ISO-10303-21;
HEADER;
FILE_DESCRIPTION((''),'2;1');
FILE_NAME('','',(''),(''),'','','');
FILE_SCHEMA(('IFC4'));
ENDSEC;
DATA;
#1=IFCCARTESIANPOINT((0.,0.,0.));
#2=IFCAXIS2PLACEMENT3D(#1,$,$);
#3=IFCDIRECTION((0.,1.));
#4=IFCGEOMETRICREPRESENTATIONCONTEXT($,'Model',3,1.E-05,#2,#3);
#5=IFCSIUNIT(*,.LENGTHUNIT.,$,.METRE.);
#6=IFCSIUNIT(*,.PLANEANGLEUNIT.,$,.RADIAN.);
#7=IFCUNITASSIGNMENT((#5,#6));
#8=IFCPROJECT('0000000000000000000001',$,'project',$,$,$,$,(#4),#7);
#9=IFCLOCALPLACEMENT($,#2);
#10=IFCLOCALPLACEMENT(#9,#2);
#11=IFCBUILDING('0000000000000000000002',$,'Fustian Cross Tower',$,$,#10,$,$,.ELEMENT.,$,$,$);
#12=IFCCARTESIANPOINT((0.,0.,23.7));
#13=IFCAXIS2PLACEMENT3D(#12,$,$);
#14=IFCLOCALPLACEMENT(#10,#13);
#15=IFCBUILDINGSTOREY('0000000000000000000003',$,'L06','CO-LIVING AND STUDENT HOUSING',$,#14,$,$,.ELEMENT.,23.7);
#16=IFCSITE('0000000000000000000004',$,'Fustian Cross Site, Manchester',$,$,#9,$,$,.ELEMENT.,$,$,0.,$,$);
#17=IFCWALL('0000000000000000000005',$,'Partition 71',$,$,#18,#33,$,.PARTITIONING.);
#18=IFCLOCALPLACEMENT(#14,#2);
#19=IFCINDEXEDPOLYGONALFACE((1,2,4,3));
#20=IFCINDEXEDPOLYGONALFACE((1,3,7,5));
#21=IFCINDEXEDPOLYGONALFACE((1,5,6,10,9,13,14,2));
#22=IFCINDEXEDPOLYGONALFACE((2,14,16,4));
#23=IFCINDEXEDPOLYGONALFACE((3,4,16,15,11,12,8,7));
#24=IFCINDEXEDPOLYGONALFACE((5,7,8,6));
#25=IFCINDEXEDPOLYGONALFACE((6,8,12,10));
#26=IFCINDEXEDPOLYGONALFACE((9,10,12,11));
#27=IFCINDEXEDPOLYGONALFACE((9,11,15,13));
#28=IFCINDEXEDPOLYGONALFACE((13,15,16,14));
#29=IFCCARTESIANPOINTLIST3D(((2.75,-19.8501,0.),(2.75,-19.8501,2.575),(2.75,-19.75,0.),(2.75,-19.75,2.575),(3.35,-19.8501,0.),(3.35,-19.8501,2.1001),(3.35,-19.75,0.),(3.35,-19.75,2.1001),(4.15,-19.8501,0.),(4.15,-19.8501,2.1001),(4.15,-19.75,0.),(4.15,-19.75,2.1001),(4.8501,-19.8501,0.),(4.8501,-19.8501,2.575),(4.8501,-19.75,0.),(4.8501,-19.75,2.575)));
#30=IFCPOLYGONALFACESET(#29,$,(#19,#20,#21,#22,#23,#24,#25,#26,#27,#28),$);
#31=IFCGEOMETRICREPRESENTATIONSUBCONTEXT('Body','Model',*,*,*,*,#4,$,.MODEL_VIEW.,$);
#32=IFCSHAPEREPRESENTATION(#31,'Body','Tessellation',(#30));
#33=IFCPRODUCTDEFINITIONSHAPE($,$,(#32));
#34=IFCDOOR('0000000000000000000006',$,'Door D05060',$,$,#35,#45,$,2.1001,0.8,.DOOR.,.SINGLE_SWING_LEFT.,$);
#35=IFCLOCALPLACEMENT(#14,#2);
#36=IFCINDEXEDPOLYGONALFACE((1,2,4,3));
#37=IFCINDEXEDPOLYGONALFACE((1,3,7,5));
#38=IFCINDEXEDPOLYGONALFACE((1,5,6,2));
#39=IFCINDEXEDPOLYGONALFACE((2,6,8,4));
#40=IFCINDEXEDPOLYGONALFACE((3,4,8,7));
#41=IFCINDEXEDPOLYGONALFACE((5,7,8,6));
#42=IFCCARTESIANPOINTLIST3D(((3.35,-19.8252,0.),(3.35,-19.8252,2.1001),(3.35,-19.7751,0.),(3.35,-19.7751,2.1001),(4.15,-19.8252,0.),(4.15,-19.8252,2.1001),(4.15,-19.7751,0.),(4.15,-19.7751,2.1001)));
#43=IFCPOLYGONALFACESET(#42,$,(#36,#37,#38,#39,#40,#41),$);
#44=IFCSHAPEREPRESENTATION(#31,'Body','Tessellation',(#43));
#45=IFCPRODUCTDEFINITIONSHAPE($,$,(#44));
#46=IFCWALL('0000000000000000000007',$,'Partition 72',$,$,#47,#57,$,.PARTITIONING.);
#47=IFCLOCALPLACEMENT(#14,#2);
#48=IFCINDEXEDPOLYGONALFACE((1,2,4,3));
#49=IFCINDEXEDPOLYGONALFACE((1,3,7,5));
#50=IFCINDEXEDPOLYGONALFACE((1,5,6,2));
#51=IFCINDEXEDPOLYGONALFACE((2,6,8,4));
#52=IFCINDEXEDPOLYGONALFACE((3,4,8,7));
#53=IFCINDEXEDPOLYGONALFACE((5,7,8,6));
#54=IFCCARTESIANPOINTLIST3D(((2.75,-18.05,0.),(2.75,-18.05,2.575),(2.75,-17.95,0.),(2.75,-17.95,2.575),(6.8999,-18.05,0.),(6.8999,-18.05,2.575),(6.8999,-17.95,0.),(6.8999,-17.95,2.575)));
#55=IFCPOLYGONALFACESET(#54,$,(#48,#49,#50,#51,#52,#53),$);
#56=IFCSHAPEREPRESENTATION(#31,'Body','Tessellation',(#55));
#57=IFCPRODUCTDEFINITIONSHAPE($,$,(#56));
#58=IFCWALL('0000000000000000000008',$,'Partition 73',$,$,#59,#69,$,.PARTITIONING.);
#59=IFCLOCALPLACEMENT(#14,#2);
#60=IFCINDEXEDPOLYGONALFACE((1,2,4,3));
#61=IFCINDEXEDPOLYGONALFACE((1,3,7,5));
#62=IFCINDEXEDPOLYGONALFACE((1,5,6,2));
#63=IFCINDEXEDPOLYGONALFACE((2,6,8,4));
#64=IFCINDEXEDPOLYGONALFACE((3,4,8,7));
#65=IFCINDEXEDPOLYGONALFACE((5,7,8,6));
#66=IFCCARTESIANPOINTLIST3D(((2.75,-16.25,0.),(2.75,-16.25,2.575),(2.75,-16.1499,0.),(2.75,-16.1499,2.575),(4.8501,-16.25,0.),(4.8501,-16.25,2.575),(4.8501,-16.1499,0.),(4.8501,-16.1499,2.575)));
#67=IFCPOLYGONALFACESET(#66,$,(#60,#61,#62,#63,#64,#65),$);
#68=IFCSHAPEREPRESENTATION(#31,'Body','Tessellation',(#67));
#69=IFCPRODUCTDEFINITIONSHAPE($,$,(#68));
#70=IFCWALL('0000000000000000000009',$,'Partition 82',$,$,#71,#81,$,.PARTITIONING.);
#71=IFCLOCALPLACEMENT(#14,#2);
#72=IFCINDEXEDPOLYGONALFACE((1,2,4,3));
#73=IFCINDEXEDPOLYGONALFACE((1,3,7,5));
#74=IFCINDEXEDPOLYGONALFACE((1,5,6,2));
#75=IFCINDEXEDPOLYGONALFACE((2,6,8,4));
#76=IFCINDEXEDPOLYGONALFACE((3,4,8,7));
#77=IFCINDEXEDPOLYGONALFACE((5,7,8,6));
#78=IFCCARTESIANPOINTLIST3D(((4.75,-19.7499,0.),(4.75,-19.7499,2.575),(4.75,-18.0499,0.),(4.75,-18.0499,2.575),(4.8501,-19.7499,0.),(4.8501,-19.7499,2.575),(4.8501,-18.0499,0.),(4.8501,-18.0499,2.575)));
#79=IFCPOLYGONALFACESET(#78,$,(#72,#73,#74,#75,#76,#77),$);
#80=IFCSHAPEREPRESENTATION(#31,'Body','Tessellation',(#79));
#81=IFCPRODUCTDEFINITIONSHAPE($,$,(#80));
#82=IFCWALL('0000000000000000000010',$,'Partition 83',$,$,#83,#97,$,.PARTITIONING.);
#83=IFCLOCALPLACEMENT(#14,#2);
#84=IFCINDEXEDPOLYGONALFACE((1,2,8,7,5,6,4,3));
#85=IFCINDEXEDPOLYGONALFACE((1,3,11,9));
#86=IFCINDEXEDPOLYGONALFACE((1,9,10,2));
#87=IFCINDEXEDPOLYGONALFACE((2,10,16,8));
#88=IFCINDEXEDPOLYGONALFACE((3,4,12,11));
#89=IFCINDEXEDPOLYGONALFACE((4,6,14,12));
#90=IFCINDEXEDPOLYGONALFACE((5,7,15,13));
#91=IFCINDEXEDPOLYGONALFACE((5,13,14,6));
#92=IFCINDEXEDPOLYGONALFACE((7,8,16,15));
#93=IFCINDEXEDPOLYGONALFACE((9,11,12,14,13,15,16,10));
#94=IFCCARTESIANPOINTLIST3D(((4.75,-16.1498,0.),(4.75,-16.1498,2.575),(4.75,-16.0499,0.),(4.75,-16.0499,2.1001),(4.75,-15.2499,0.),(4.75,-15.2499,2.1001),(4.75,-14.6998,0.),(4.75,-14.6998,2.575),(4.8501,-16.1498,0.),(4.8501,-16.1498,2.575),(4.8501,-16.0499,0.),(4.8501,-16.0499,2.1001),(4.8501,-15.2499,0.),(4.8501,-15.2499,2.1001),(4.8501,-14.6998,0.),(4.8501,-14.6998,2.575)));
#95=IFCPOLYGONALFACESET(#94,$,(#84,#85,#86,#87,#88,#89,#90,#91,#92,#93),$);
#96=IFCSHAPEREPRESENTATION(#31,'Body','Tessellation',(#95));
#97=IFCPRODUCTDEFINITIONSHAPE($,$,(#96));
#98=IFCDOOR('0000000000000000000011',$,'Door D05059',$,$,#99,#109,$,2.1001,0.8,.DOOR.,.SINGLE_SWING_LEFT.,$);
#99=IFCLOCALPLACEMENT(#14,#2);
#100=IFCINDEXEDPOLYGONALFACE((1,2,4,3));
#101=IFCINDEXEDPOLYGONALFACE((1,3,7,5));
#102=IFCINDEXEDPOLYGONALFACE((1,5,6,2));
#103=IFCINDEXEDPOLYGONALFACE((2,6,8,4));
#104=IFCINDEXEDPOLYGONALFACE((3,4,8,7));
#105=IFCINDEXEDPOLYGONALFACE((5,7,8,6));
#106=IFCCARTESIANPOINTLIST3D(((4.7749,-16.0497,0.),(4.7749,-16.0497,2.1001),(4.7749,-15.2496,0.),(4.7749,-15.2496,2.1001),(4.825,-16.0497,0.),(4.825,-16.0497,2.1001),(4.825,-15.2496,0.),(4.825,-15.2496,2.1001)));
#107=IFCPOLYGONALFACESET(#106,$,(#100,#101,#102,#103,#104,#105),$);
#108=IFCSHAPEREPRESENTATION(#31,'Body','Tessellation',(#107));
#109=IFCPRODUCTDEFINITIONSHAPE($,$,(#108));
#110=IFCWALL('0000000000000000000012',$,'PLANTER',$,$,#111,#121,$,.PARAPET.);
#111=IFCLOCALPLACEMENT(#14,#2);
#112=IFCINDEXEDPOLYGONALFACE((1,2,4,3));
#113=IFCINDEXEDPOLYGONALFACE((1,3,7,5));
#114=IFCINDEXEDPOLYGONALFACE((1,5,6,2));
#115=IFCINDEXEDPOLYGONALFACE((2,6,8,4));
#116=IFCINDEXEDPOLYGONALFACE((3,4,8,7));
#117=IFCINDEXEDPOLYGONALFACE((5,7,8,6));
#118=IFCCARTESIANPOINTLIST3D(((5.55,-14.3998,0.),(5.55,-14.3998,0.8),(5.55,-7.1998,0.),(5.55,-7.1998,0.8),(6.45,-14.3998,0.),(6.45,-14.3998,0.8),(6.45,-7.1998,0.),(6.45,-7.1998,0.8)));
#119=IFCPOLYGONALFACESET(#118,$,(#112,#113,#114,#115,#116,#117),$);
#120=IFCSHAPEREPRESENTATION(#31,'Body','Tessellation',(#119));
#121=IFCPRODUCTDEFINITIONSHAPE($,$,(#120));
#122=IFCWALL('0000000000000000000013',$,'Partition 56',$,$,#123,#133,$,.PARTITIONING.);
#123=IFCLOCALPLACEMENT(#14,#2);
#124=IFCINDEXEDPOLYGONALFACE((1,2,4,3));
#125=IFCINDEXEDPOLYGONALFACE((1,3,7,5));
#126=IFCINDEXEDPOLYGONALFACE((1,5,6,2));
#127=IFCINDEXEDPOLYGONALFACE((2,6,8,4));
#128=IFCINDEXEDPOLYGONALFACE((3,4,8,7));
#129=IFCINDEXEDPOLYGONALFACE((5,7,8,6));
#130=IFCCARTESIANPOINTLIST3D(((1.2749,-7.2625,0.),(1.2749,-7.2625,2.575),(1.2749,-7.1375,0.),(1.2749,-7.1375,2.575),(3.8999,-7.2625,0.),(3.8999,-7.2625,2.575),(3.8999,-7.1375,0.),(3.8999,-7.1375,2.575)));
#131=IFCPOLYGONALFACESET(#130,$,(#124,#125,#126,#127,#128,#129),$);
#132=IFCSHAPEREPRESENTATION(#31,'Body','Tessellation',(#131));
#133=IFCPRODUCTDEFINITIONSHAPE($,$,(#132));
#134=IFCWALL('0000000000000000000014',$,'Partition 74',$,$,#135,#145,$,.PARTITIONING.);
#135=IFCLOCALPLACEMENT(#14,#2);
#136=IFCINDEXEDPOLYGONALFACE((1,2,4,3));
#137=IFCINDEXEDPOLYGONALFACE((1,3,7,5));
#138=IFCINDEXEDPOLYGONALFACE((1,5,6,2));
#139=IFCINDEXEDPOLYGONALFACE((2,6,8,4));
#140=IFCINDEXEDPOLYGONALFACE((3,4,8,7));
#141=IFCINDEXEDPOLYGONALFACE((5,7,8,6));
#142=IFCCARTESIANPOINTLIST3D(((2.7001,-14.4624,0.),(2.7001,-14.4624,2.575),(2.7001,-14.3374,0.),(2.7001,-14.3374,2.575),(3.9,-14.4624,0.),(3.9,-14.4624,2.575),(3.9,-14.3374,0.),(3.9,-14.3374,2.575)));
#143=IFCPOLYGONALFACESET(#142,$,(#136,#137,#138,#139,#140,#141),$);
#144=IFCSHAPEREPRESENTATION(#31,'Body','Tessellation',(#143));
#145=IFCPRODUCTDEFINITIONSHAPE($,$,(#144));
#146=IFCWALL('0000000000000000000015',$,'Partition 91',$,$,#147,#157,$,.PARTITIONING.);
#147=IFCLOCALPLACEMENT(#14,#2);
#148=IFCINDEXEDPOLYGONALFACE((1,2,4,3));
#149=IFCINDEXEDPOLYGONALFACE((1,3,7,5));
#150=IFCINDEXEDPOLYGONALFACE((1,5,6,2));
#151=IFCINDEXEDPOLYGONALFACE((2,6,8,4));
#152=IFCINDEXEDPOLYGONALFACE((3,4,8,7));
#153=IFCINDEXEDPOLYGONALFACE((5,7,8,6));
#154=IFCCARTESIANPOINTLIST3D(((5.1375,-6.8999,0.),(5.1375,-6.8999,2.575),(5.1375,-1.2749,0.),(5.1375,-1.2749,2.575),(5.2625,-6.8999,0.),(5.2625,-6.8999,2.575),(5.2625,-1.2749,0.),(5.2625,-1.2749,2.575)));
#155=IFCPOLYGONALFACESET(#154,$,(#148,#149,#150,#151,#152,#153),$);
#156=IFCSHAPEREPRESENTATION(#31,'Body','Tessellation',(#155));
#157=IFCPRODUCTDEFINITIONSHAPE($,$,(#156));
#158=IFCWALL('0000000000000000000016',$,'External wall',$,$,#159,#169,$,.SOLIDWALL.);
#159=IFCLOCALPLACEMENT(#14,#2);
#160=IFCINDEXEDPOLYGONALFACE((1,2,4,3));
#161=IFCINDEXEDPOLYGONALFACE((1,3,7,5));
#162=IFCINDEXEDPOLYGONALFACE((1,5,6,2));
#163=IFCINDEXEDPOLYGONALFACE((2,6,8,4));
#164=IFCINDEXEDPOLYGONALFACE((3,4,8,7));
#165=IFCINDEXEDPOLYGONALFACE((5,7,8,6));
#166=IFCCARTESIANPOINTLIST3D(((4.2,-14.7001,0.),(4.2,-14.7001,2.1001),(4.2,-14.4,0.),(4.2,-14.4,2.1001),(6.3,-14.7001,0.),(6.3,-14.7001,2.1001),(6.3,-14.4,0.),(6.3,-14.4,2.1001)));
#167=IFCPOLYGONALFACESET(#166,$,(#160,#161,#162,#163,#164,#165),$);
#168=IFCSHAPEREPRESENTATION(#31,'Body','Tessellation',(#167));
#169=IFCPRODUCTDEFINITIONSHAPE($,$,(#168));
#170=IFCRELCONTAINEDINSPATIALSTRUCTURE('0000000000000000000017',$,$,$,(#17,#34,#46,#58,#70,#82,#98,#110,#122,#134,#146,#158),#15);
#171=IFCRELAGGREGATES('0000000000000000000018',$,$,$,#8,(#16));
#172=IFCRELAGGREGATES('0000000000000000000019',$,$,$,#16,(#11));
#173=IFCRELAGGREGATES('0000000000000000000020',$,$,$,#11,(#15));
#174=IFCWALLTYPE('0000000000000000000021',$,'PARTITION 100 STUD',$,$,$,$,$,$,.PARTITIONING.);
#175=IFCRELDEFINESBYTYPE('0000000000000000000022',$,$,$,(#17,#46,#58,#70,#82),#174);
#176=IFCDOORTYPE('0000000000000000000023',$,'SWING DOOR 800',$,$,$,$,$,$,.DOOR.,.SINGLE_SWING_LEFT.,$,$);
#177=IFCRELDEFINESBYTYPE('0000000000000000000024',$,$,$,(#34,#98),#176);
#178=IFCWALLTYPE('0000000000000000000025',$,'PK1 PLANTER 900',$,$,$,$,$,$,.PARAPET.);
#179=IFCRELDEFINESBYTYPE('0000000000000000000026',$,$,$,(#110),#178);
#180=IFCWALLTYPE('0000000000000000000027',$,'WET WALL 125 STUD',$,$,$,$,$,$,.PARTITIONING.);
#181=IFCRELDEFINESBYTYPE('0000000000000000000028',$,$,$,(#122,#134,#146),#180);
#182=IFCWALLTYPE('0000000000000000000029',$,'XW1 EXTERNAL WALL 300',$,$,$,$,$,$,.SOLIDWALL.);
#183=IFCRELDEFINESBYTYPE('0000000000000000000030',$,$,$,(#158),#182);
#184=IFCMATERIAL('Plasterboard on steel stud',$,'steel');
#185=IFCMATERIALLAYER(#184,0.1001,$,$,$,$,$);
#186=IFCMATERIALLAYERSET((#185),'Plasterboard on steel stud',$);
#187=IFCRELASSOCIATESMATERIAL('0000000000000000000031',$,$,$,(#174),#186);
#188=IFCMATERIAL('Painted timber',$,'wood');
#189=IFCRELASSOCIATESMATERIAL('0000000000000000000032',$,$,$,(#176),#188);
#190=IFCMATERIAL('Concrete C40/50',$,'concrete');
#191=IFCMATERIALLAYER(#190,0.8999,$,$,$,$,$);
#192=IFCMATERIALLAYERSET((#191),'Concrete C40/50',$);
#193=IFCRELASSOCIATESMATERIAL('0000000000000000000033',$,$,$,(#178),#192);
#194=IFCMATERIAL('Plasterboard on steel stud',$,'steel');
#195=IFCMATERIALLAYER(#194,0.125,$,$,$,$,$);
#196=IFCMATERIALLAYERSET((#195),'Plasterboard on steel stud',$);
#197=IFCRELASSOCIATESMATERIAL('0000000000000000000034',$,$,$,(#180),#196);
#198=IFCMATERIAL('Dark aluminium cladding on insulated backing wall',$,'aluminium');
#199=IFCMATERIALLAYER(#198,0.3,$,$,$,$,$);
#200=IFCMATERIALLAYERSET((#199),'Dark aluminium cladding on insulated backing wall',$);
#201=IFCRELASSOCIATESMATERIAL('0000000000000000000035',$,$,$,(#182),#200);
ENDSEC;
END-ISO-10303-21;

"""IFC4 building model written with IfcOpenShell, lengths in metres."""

from ifc_helpers import new_model, si_unit, direction, frame, frame_2d, origin, place, context, subcontext, project, spatial, rectangle, extrude, material, layer, layer_set, type_object, element, fill, save


model = new_model("IFC4")

# Units and contexts
model_context = context("Model", 3, precision=1e-05, world=origin(), true_north=direction((0.0, 1.0)))
body_context = subcontext(model_context, "Body", "Model", "MODEL_VIEW")
ifc_project = project(units=[si_unit("LENGTHUNIT", "METRE"), si_unit("PLANEANGLEUNIT", "RADIAN")], contexts=[model_context])

# Site, building, storey
site_placement = place(None, origin())
site = spatial("IfcSite", under=ifc_project, at=site_placement, Name="Fustian Cross Site, Manchester", CompositionType="ELEMENT", RefElevation=0.0)
building_placement = place(site_placement, origin())
building = spatial("IfcBuilding", under=site, at=building_placement, Name="Fustian Cross Tower", CompositionType="ELEMENT")
storey_placement = place(building_placement, frame((0.0, 0.0, 23.7)))
storey = spatial("IfcBuildingStorey", under=building, at=storey_placement, Name="L06", Description="CO-LIVING AND STUDENT HOUSING", CompositionType="ELEMENT", Elevation=23.7)

# Shared definitions
ifc_material_1 = material(Name="Plasterboard on steel stud", Category="steel")
ifc_layer_1 = layer(ifc_material_1, 0.1001)
ifc_layer_set_1 = layer_set([ifc_layer_1], Name="Plasterboard on steel stud")
wall_type_1 = type_object("IfcWallType", Name="PARTITION 100 STUD", PredefinedType="PARTITIONING", material=ifc_layer_set_1)

# Wall, opening, door
wall_1_placement = place(storey_placement, frame((2.75, -19.8, 0.0), z_axis=(0.0, 0.0, 1.0), x_axis=(1.0, 0.0, 0.0)))
wall_1 = element("IfcWall", 1, at=wall_1_placement, inside=storey, type_object=wall_type_1, Name="Partition 71", PredefinedType="PARTITIONING", context=body_context, shape_type="SweptSolid", body=[
    extrude(rectangle(XDim=2.1001, YDim=0.1001, at=frame_2d((1.05, 0.0))), origin(), (0.0, 0.0, 1.0), 2.575),
])
opening_1_placement = place(wall_1_placement, frame((0.6001, 0.0, 0.0)))
opening_1 = element("IfcOpeningElement", 2, at=opening_1_placement, cuts=wall_1, PredefinedType="OPENING", context=body_context, shape_type="SweptSolid", body=[
    extrude(rectangle(XDim=0.8, YDim=2.1001, at=frame_2d((0.3999, 1.05))), frame((0.0, 0.0601, 0.0), z_axis=(0.0, -1.0, 0.0), x_axis=(1.0, 0.0, 0.0)), (0.0, 0.0, 1.0), 0.1201),
])
ifc_material_2 = material(Name="Painted timber", Category="wood")
door_type_1 = type_object("IfcDoorType", Name="SWING DOOR 800", OperationType="SINGLE_SWING_LEFT", PredefinedType="DOOR", material=ifc_material_2)
door_1_placement = place(opening_1_placement, origin())
door_1 = element("IfcDoor", 3, at=door_1_placement, inside=storey, type_object=door_type_1, Name="Door D05060", OperationType="SINGLE_SWING_LEFT", OverallHeight=2.1001, OverallWidth=0.8, PredefinedType="DOOR", context=body_context, shape_type="SweptSolid", body=[
    extrude(rectangle(XDim=0.8, YDim=2.1001, at=frame_2d((0.3999, 1.05))), frame((0.0, 0.0249, 0.0), z_axis=(0.0, -1.0, 0.0), x_axis=(1.0, 0.0, 0.0)), (0.0, 0.0, 1.0), 0.05),
])
fill(opening_1, door_1)

# Walls
wall_2_placement = place(storey_placement, frame((2.75, -18.0, 0.0), z_axis=(0.0, 0.0, 1.0), x_axis=(1.0, 0.0, 0.0)))
element("IfcWall", 4, at=wall_2_placement, inside=storey, type_object=wall_type_1, Name="Partition 72", PredefinedType="PARTITIONING", context=body_context, shape_type="SweptSolid", body=[
    extrude(rectangle(XDim=4.1499, YDim=0.1001, at=frame_2d((2.075, 0.0))), origin(), (0.0, 0.0, 1.0), 2.575),
])
wall_3_placement = place(storey_placement, frame((2.75, -16.2, 0.0), z_axis=(0.0, 0.0, 1.0), x_axis=(1.0, 0.0, 0.0)))
element("IfcWall", 5, at=wall_3_placement, inside=storey, type_object=wall_type_1, Name="Partition 73", PredefinedType="PARTITIONING", context=body_context, shape_type="SweptSolid", body=[
    extrude(rectangle(XDim=2.1001, YDim=0.1001, at=frame_2d((1.05, 0.0))), origin(), (0.0, 0.0, 1.0), 2.575),
])
wall_4_placement = place(storey_placement, frame((4.8, -19.75, 0.0), z_axis=(0.0, 0.0, 1.0), x_axis=(0.0, 1.0, 0.0)))
element("IfcWall", 6, at=wall_4_placement, inside=storey, type_object=wall_type_1, Name="Partition 82", PredefinedType="PARTITIONING", context=body_context, shape_type="SweptSolid", body=[
    extrude(rectangle(XDim=1.7, YDim=0.1001, at=frame_2d((0.8501, 0.0))), origin(), (0.0, 0.0, 1.0), 2.575),
])

# Wall, opening, door
wall_5_placement = place(storey_placement, frame((4.8, -16.1499, 0.0), z_axis=(0.0, 0.0, 1.0), x_axis=(0.0, 1.0, 0.0)))
wall_5 = element("IfcWall", 7, at=wall_5_placement, inside=storey, type_object=wall_type_1, Name="Partition 83", PredefinedType="PARTITIONING", context=body_context, shape_type="SweptSolid", body=[
    extrude(rectangle(XDim=1.45, YDim=0.1001, at=frame_2d((0.7251, 0.0))), origin(), (0.0, 0.0, 1.0), 2.575),
])
opening_2_placement = place(wall_5_placement, frame((0.1001, 0.0, 0.0)))
opening_2 = element("IfcOpeningElement", 8, at=opening_2_placement, cuts=wall_5, PredefinedType="OPENING", context=body_context, shape_type="SweptSolid", body=[
    extrude(rectangle(XDim=0.8, YDim=2.1001, at=frame_2d((0.3999, 1.05))), frame((0.0, 0.0601, 0.0), z_axis=(0.0, -1.0, 0.0), x_axis=(1.0, 0.0, 0.0)), (0.0, 0.0, 1.0), 0.1201),
])
door_2_placement = place(opening_2_placement, frame((0.8, 0.0, 0.0), z_axis=(0.0, 0.0, 1.0), x_axis=(-1.0, 0.0, 0.0)))
door_2 = element("IfcDoor", 9, at=door_2_placement, inside=storey, type_object=door_type_1, Name="Door D05059", OperationType="SINGLE_SWING_LEFT", OverallHeight=2.1001, OverallWidth=0.8, PredefinedType="DOOR", context=body_context, shape_type="SweptSolid", body=[
    extrude(rectangle(XDim=0.8, YDim=2.1001, at=frame_2d((0.3999, 1.05))), frame((0.0, 0.0249, 0.0), z_axis=(0.0, -1.0, 0.0), x_axis=(1.0, 0.0, 0.0)), (0.0, 0.0, 1.0), 0.05),
])
fill(opening_2, door_2)

# Walls
ifc_material_3 = material(Name="Concrete C40/50", Category="concrete")
ifc_layer_2 = layer(ifc_material_3, 0.8999)
ifc_layer_set_2 = layer_set([ifc_layer_2], Name="Concrete C40/50")
wall_type_2 = type_object("IfcWallType", Name="PK1 PLANTER 900", PredefinedType="PARAPET", material=ifc_layer_set_2)
wall_6_placement = place(storey_placement, frame((6.0, -14.3999, 0.0), z_axis=(0.0, 0.0, 1.0), x_axis=(0.0, 1.0, 0.0)))
element("IfcWall", 10, at=wall_6_placement, inside=storey, type_object=wall_type_2, Name="PLANTER", PredefinedType="PARAPET", context=body_context, shape_type="SweptSolid", body=[
    extrude(rectangle(XDim=7.2, YDim=0.8999, at=frame_2d((3.6001, 0.0))), origin(), (0.0, 0.0, 1.0), 0.8),
])
ifc_material_4 = material(Name="Plasterboard on steel stud", Category="steel")
ifc_layer_3 = layer(ifc_material_4, 0.125)
ifc_layer_set_3 = layer_set([ifc_layer_3], Name="Plasterboard on steel stud")
wall_type_3 = type_object("IfcWallType", Name="WET WALL 125 STUD", PredefinedType="PARTITIONING", material=ifc_layer_set_3)
wall_7_placement = place(storey_placement, frame((1.2749, -7.2, 0.0), z_axis=(0.0, 0.0, 1.0), x_axis=(1.0, 0.0, 0.0)))
element("IfcWall", 11, at=wall_7_placement, inside=storey, type_object=wall_type_3, Name="Partition 56", PredefinedType="PARTITIONING", context=body_context, shape_type="SweptSolid", body=[
    extrude(rectangle(XDim=2.625, YDim=0.125, at=frame_2d((1.3125, 0.0))), origin(), (0.0, 0.0, 1.0), 2.575),
])
wall_8_placement = place(storey_placement, frame((2.7, -14.3999, 0.0), z_axis=(0.0, 0.0, 1.0), x_axis=(1.0, 0.0, 0.0)))
element("IfcWall", 12, at=wall_8_placement, inside=storey, type_object=wall_type_3, Name="Partition 74", PredefinedType="PARTITIONING", context=body_context, shape_type="SweptSolid", body=[
    extrude(rectangle(XDim=1.2, YDim=0.125, at=frame_2d((0.6001, 0.0))), origin(), (0.0, 0.0, 1.0), 2.575),
])
wall_9_placement = place(storey_placement, frame((5.2, -6.8999, 0.0), z_axis=(0.0, 0.0, 1.0), x_axis=(0.0, 1.0, 0.0)))
element("IfcWall", 13, at=wall_9_placement, inside=storey, type_object=wall_type_3, Name="Partition 91", PredefinedType="PARTITIONING", context=body_context, shape_type="SweptSolid", body=[
    extrude(rectangle(XDim=5.625, YDim=0.125, at=frame_2d((2.8125, 0.0))), origin(), (0.0, 0.0, 1.0), 2.575),
])
ifc_material_5 = material(Name="Dark aluminium cladding on insulated backing wall", Category="aluminium")
ifc_layer_4 = layer(ifc_material_5, 0.3)
ifc_layer_set_4 = layer_set([ifc_layer_4], Name="Dark aluminium cladding on insulated backing wall")
wall_type_4 = type_object("IfcWallType", Name="XW1 EXTERNAL WALL 300", PredefinedType="SOLIDWALL", material=ifc_layer_set_4)
wall_10_placement = place(storey_placement, frame((6.3, -14.55, 0.0), z_axis=(0.0, 0.0, 1.0), x_axis=(-1.0, 0.0, 0.0)))
element("IfcWall", 14, at=wall_10_placement, inside=storey, type_object=wall_type_4, Name="External wall", PredefinedType="SOLIDWALL", context=body_context, shape_type="SweptSolid", body=[
    extrude(rectangle(XDim=2.1001, YDim=0.3, at=frame_2d((1.05, 0.0))), origin(), (0.0, 0.0, 1.0), 2.1001),
])

save(model, "model.ifc")
